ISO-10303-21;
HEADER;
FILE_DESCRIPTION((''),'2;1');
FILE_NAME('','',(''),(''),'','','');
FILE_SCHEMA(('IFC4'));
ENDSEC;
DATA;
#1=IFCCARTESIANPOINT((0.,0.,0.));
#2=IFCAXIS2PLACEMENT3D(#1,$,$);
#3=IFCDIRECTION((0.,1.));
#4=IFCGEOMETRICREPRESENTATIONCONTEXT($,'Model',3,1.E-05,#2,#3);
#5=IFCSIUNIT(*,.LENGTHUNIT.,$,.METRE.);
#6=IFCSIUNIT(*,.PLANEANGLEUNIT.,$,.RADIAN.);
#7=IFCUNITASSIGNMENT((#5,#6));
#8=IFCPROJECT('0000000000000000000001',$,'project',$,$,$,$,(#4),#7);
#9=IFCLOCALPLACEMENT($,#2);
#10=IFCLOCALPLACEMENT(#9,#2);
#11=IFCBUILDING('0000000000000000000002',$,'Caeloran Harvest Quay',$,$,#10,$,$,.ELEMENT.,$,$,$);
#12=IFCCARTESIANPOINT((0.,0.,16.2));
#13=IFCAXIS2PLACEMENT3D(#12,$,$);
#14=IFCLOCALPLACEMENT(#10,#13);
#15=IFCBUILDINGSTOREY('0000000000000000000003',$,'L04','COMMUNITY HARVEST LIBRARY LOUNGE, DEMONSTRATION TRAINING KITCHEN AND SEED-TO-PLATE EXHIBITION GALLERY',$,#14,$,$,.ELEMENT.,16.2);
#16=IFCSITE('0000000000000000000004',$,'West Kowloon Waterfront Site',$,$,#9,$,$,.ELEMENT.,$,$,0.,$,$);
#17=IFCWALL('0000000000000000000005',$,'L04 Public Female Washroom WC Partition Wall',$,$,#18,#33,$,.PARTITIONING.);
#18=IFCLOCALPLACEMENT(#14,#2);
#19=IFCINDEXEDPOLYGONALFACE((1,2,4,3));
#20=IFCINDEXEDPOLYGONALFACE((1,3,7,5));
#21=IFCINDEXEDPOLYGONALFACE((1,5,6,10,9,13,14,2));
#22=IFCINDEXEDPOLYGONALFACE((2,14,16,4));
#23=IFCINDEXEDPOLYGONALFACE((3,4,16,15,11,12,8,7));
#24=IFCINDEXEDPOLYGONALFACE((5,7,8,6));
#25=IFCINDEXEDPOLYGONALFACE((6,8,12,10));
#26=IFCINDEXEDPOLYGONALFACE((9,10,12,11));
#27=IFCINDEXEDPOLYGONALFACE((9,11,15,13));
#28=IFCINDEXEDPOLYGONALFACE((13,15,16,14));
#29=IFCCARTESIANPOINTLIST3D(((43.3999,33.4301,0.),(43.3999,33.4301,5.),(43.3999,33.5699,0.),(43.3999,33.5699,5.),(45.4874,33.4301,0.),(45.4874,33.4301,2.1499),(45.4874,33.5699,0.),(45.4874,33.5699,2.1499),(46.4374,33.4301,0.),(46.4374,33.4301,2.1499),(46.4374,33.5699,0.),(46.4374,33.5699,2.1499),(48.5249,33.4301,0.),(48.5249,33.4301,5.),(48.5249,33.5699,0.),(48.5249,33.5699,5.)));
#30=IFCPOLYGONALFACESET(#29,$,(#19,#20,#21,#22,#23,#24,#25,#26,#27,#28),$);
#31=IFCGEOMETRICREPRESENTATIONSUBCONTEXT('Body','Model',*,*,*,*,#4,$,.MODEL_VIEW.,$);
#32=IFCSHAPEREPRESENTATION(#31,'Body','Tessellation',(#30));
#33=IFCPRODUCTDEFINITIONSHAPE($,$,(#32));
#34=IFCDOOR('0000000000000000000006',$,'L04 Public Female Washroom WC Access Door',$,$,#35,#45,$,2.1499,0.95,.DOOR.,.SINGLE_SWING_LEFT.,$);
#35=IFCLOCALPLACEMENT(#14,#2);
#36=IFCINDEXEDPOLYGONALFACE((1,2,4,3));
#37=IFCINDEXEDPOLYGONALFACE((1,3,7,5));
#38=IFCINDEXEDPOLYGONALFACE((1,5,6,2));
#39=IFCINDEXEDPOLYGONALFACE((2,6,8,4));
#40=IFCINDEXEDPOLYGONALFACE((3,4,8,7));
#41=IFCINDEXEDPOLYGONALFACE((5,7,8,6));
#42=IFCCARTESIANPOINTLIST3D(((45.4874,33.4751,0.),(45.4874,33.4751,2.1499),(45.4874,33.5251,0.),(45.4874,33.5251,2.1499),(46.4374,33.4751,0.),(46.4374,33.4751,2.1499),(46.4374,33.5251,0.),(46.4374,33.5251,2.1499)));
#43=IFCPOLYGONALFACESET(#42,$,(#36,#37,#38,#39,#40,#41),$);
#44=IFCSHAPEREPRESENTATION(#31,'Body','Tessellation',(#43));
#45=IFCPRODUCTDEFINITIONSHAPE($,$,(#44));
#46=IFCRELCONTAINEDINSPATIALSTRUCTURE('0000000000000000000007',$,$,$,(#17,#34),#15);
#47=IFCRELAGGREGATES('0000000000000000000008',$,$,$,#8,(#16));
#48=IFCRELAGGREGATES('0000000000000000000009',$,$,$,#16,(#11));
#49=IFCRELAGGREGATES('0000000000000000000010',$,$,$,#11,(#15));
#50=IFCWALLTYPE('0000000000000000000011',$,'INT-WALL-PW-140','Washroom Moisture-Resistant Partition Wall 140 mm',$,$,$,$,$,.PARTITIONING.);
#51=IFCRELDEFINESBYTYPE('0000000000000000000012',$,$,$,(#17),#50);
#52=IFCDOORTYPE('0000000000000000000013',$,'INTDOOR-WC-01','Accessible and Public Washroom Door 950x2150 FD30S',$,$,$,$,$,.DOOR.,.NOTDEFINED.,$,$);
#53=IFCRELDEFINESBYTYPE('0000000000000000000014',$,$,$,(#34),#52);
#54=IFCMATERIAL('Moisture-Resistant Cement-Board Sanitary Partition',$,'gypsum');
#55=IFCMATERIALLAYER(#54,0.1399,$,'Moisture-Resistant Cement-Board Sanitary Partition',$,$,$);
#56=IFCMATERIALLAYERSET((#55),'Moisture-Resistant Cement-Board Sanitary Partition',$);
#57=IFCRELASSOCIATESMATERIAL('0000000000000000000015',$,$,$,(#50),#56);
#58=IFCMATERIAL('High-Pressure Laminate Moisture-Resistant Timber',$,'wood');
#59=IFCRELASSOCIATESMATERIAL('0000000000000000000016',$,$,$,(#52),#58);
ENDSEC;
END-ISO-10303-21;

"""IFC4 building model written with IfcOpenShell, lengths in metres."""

from ifc_helpers import new_model, si_unit, direction, frame, frame_2d, origin, place, context, subcontext, project, spatial, rectangle, extrude, material, layer, layer_set, type_object, element, fill, save


model = new_model("IFC4")

# Units and contexts
model_context = context("Model", 3, precision=1e-05, world=origin(), true_north=direction((0.0, 1.0)))
body_context = subcontext(model_context, "Body", "Model", "MODEL_VIEW")
ifc_project = project(units=[si_unit("LENGTHUNIT", "METRE"), si_unit("PLANEANGLEUNIT", "RADIAN")], contexts=[model_context])

# Site, building, storey
site_placement = place(None, origin())
site = spatial("IfcSite", under=ifc_project, at=site_placement, Name="West Kowloon Waterfront Site", CompositionType="ELEMENT", RefElevation=0.0)
building_placement = place(site_placement, origin())
building = spatial("IfcBuilding", under=site, at=building_placement, Name="Caeloran Harvest Quay", CompositionType="ELEMENT")
storey_placement = place(building_placement, frame((0.0, 0.0, 16.2)))
storey = spatial("IfcBuildingStorey", under=building, at=storey_placement, Name="L04", Description="COMMUNITY HARVEST LIBRARY LOUNGE, DEMONSTRATION TRAINING KITCHEN AND SEED-TO-PLATE EXHIBITION GALLERY", CompositionType="ELEMENT", Elevation=16.2)

# Shared definitions
ifc_material_1 = material(Name="Moisture-Resistant Cement-Board Sanitary Partition", Category="gypsum")
ifc_layer_1 = layer(ifc_material_1, 0.1399, Name="Moisture-Resistant Cement-Board Sanitary Partition")
ifc_layer_set_1 = layer_set([ifc_layer_1], Name="Moisture-Resistant Cement-Board Sanitary Partition")
wall_type_1 = type_object("IfcWallType", Name="INT-WALL-PW-140", Description="Washroom Moisture-Resistant Partition Wall 140 mm", PredefinedType="PARTITIONING", material=ifc_layer_set_1)

# Wall, opening, door
wall_1_placement = place(storey_placement, frame((48.5249, 33.5, 0.0), z_axis=(0.0, 0.0, 1.0), x_axis=(-1.0, 0.0, 0.0)))
wall_1 = element("IfcWall", 1, at=wall_1_placement, inside=storey, type_object=wall_type_1, Name="L04 Public Female Washroom WC Partition Wall", PredefinedType="PARTITIONING", context=body_context, shape_type="SweptSolid", body=[
    extrude(rectangle(XDim=5.125, YDim=0.1399, at=frame_2d((2.5625, 0.0))), origin(), (0.0, 0.0, 1.0), 5.0),
])
opening_placement = place(wall_1_placement, frame((2.0874, 0.0, 0.0)))
opening = element("IfcOpeningElement", 2, at=opening_placement, cuts=wall_1, PredefinedType="OPENING", context=body_context, shape_type="SweptSolid", body=[
    extrude(rectangle(XDim=0.95, YDim=2.1499, at=frame_2d((0.4751, 1.075))), frame((0.0, 0.0801, 0.0), z_axis=(0.0, -1.0, 0.0), x_axis=(1.0, 0.0, 0.0)), (0.0, 0.0, 1.0), 0.1599),
])
ifc_material_2 = material(Name="High-Pressure Laminate Moisture-Resistant Timber", Category="wood")
door_type = type_object("IfcDoorType", Name="INTDOOR-WC-01", Description="Accessible and Public Washroom Door 950x2150 FD30S", OperationType="NOTDEFINED", PredefinedType="DOOR", material=ifc_material_2)
door_placement = place(opening_placement, origin())
door = element("IfcDoor", 3, at=door_placement, inside=storey, type_object=door_type, Name="L04 Public Female Washroom WC Access Door", OperationType="SINGLE_SWING_LEFT", OverallHeight=2.1499, OverallWidth=0.95, PredefinedType="DOOR", context=body_context, shape_type="SweptSolid", body=[
    extrude(rectangle(XDim=0.95, YDim=2.1499, at=frame_2d((0.4751, 1.075))), frame((0.0, 0.0249, 0.0), z_axis=(0.0, -1.0, 0.0), x_axis=(1.0, 0.0, 0.0)), (0.0, 0.0, 1.0), 0.05),
])
fill(opening, door)

save(model, "model.ifc")
